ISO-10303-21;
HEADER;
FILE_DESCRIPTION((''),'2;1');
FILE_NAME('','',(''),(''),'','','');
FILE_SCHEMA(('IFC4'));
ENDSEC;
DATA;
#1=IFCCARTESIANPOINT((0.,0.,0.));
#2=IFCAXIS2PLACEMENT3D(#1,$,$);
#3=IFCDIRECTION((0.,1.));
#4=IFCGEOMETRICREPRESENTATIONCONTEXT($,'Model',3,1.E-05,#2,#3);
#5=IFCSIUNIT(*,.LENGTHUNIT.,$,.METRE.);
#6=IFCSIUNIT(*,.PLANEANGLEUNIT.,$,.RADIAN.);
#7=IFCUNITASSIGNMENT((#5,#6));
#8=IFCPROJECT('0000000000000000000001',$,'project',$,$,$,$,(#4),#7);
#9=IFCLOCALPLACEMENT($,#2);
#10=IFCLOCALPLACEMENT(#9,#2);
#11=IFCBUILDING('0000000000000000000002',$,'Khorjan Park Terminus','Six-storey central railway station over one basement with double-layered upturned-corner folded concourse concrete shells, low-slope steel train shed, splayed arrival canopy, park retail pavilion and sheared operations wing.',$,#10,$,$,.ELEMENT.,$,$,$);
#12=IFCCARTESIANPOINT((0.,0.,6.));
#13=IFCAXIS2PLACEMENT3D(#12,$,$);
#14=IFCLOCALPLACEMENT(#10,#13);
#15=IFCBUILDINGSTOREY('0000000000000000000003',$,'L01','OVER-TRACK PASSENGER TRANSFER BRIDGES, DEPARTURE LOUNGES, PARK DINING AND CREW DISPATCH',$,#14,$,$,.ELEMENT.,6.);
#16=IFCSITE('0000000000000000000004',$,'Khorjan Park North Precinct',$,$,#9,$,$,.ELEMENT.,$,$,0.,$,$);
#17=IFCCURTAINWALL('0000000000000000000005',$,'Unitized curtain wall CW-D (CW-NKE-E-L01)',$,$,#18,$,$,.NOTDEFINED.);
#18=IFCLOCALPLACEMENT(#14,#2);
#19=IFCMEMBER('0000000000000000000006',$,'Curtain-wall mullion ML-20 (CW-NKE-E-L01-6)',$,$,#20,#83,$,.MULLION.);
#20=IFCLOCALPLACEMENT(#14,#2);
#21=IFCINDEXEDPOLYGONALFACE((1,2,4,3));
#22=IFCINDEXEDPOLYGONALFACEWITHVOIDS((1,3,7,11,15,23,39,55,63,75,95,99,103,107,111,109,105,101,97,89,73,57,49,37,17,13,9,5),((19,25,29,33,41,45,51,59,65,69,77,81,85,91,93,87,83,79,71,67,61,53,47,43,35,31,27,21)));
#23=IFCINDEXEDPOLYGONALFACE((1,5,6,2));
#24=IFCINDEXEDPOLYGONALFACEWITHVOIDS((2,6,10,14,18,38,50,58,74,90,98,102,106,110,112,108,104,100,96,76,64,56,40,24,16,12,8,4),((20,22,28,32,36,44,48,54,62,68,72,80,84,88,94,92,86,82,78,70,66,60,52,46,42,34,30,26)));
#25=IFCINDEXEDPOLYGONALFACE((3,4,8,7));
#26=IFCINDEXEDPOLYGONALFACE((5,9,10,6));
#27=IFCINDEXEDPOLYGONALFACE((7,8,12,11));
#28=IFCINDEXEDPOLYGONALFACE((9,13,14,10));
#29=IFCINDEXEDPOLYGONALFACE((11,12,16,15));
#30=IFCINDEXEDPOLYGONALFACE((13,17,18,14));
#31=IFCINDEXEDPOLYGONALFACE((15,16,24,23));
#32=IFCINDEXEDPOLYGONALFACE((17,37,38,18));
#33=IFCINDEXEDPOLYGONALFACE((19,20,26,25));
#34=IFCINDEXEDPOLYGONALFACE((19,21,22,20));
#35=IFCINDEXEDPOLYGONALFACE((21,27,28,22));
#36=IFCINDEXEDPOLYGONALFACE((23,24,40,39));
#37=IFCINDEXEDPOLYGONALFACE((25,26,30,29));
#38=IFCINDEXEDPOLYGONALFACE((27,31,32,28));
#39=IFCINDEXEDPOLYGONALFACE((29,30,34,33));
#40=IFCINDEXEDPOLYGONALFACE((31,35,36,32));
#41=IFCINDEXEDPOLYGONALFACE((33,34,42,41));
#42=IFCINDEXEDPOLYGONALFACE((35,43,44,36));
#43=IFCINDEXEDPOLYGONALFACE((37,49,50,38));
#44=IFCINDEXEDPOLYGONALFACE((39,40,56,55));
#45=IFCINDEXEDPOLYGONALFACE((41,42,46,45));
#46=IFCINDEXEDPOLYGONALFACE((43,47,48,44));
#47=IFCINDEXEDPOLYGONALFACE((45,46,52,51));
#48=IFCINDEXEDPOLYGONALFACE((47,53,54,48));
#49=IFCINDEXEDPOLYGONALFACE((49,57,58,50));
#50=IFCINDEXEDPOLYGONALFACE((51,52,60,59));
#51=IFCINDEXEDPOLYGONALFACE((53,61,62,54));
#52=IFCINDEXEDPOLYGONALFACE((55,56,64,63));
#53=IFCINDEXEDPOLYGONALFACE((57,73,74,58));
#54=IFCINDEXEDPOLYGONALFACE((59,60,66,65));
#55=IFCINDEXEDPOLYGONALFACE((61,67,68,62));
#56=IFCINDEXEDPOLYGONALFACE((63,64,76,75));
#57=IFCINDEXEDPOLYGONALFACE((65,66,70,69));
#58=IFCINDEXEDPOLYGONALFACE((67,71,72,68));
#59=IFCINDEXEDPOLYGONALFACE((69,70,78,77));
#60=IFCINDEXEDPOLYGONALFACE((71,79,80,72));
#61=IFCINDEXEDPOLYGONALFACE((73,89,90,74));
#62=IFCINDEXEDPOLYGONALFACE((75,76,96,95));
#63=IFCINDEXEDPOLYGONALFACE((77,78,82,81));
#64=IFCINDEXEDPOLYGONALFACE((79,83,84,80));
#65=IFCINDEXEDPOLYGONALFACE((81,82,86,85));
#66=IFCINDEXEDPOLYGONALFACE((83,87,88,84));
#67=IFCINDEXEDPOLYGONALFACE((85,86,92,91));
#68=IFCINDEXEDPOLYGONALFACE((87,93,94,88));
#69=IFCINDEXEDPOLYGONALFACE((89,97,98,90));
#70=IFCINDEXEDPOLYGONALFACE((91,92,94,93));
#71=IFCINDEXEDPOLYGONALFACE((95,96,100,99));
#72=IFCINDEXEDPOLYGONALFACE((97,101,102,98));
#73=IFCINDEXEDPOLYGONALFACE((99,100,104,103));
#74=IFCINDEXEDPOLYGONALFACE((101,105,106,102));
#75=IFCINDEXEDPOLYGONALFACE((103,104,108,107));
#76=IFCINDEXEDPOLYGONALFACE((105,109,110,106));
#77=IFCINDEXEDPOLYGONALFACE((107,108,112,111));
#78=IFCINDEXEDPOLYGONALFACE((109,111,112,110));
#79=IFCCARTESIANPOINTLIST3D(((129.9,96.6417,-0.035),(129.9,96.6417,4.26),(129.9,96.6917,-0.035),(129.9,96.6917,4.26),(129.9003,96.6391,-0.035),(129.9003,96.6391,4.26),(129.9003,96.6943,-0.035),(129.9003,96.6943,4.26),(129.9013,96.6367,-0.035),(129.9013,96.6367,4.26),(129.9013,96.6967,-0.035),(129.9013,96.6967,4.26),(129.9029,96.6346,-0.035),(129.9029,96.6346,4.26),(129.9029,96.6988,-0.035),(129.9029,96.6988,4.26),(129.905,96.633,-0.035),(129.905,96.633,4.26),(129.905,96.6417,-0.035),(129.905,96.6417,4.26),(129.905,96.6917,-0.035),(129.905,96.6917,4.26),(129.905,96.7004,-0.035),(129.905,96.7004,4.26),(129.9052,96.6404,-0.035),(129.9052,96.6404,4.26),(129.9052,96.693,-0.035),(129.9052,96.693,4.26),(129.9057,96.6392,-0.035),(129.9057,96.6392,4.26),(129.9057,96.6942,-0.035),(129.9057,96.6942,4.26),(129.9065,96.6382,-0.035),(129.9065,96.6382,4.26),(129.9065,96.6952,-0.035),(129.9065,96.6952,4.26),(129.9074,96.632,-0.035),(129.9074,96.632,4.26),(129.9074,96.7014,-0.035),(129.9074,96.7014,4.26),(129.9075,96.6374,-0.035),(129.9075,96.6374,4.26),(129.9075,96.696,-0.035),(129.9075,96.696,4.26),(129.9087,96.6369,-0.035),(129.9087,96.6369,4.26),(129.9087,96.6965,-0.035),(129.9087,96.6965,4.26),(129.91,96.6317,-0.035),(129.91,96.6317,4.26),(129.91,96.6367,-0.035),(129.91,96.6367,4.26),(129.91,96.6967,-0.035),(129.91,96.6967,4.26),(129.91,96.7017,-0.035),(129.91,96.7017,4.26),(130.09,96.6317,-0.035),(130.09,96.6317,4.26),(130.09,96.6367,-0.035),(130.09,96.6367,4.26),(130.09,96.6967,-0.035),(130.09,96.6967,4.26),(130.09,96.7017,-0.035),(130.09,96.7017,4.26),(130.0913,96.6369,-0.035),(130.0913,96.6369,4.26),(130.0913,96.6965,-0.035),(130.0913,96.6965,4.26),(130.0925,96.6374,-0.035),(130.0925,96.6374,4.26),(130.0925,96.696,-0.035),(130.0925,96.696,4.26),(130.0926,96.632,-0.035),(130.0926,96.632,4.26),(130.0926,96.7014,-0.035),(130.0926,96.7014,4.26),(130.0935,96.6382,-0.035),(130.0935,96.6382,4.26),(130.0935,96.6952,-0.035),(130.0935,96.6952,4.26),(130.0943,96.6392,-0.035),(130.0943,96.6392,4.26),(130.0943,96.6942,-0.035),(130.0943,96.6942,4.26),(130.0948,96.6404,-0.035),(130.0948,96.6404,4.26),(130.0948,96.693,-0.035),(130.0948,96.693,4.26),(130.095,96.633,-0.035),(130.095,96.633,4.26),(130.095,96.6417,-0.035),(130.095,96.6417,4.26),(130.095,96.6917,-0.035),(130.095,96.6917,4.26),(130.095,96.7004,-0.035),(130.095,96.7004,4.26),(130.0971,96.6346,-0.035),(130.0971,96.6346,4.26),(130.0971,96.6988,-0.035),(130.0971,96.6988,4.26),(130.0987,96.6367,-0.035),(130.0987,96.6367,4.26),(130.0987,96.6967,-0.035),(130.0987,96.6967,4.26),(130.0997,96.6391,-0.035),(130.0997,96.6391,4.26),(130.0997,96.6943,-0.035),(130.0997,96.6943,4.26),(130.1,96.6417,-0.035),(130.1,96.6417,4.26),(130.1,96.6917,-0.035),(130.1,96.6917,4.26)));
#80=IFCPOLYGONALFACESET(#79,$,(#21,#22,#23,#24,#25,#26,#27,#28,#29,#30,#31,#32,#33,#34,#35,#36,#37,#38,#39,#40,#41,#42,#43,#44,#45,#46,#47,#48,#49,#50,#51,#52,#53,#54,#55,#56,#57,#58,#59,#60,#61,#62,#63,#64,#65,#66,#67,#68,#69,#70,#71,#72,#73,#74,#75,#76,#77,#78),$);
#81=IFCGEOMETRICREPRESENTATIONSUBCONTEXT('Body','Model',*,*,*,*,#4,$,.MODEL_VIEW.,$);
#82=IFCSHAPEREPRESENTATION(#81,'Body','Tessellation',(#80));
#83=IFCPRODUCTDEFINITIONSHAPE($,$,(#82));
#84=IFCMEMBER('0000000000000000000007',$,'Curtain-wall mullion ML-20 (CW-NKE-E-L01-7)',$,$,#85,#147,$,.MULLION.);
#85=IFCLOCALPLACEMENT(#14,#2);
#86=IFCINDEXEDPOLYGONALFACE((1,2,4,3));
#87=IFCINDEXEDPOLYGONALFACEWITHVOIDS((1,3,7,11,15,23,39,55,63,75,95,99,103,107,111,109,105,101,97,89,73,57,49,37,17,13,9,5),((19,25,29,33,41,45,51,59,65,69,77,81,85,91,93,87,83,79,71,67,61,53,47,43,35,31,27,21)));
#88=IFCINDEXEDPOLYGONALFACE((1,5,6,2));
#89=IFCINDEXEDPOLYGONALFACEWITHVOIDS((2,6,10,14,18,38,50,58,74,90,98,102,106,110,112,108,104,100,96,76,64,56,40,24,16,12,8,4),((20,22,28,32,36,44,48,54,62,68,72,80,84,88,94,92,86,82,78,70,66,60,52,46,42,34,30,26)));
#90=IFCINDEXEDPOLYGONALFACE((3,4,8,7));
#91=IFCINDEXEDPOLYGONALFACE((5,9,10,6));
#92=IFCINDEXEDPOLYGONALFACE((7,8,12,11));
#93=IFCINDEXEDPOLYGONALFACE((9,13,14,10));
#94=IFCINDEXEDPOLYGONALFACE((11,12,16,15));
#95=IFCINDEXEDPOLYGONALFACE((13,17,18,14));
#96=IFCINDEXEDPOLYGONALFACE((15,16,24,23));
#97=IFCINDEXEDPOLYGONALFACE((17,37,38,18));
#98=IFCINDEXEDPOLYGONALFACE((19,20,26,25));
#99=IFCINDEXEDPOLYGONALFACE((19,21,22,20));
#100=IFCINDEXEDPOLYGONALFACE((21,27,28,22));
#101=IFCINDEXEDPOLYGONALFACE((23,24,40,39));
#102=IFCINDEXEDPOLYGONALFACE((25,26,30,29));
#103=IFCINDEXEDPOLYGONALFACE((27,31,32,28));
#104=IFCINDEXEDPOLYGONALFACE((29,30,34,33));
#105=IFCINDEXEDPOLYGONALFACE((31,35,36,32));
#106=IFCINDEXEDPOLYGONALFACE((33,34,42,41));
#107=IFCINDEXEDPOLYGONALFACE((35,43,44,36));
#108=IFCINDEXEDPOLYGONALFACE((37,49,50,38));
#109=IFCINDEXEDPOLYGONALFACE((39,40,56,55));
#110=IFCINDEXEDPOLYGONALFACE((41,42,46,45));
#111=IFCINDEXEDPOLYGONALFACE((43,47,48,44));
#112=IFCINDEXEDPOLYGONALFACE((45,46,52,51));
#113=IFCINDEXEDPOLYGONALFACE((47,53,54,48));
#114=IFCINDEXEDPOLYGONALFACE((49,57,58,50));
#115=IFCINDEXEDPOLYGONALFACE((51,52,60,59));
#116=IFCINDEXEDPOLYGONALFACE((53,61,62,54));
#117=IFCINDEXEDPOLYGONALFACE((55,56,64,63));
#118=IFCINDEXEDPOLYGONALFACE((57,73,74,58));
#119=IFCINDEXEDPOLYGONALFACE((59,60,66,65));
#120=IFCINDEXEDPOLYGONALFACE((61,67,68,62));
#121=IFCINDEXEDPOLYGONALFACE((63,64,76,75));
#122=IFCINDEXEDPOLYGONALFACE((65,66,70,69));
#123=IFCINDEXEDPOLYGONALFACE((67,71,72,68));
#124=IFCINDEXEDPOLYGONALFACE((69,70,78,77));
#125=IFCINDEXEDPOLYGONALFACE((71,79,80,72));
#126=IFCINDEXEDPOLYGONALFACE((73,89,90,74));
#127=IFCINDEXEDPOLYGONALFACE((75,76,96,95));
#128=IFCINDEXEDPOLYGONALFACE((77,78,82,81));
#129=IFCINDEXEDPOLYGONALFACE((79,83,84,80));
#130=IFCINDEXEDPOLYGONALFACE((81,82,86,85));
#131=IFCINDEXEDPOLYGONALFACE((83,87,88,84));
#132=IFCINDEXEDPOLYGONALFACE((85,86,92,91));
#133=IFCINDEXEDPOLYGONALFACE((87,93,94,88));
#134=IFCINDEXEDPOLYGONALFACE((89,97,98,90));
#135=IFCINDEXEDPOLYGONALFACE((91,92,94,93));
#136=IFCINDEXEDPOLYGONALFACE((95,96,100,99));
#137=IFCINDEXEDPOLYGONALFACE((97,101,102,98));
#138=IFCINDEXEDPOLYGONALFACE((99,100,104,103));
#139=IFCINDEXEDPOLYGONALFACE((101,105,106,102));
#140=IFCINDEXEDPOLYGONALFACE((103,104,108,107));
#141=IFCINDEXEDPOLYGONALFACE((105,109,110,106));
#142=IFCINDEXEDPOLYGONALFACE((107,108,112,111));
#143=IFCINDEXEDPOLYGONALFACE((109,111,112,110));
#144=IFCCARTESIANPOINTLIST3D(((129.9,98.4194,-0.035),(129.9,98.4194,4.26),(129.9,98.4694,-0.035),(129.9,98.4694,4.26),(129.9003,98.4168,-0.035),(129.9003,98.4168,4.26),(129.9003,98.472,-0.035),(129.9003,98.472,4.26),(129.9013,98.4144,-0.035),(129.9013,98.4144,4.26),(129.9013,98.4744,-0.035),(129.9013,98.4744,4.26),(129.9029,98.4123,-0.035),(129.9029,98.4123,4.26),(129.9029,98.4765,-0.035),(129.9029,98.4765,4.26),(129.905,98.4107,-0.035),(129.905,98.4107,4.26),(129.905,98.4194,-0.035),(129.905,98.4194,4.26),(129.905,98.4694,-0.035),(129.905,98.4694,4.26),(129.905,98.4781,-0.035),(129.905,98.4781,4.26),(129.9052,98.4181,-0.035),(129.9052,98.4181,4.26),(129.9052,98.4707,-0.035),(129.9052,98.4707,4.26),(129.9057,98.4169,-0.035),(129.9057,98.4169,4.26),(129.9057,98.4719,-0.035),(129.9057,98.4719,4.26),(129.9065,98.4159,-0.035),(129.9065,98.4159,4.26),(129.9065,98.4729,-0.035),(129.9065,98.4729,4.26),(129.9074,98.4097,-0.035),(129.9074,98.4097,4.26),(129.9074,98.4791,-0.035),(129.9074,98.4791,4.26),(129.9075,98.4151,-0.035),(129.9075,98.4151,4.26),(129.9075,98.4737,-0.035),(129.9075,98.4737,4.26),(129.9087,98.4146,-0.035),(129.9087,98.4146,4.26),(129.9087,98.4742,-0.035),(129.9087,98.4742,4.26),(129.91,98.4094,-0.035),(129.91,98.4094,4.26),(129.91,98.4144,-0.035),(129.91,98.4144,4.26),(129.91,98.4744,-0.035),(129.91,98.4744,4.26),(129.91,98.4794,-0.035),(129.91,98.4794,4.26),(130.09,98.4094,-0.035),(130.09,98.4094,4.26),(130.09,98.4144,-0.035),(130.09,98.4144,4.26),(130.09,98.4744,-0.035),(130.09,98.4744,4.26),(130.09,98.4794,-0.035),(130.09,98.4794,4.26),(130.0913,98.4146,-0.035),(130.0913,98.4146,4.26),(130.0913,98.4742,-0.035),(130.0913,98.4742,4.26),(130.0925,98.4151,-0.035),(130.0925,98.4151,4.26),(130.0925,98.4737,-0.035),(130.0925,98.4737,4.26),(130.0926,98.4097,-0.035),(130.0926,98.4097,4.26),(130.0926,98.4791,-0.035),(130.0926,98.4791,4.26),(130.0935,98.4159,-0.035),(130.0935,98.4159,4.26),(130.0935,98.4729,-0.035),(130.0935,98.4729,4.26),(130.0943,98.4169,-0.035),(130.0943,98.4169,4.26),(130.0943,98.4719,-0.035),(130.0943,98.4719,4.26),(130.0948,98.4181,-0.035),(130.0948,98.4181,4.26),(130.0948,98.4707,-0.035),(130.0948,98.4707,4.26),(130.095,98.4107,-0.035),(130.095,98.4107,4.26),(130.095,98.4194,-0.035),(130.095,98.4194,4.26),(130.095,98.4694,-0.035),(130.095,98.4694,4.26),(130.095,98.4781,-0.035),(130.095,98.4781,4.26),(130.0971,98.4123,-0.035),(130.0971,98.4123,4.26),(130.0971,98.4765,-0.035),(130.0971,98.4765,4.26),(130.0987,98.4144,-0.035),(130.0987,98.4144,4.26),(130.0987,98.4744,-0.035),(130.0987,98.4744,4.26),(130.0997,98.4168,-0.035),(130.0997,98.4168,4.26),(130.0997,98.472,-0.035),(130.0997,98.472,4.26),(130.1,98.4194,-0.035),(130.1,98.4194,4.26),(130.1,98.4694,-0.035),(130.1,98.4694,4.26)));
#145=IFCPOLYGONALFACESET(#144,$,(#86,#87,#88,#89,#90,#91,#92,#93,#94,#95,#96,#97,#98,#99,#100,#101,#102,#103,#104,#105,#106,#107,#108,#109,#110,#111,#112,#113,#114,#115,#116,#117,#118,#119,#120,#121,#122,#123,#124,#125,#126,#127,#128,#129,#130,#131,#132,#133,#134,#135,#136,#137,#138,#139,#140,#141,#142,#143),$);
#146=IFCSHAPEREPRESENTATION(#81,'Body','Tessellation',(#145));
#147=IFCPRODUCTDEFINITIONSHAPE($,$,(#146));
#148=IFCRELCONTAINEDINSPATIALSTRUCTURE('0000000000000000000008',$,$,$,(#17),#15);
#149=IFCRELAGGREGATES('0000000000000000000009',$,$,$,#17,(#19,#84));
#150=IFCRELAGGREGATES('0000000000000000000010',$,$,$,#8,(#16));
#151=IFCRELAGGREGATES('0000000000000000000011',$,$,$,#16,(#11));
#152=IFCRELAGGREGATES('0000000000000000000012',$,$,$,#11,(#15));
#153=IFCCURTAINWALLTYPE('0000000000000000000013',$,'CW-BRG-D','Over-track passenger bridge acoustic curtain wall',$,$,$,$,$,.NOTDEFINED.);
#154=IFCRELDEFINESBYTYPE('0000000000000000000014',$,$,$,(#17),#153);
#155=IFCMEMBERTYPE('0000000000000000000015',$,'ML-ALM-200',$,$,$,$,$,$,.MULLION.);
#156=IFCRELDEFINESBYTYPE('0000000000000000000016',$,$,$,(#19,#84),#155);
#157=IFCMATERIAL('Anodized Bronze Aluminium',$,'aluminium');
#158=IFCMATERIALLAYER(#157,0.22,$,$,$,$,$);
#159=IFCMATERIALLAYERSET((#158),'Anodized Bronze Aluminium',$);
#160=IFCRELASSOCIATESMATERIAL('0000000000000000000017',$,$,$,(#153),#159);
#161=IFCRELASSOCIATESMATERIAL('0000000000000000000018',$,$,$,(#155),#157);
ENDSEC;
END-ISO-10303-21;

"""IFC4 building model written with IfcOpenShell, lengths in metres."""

from ifc_helpers import new_model, si_unit, direction, frame, origin, origin_2d, place, context, subcontext, project, spatial, hollow_rectangle, extrude, material, layer, layer_set, material_profile, profile_set, type_object, element, aggregate, save


model = new_model("IFC4")

# Units and contexts
model_context = context("Model", 3, precision=1e-05, world=origin(), true_north=direction((0.0, 1.0)))
body_context = subcontext(model_context, "Body", "Model", "MODEL_VIEW")
ifc_project = project(units=[si_unit("LENGTHUNIT", "METRE"), si_unit("PLANEANGLEUNIT", "RADIAN")], contexts=[model_context])

# Site, building, storey
site_placement = place(None, origin())
site = spatial("IfcSite", under=ifc_project, at=site_placement, Name="Khorjan Park North Precinct", CompositionType="ELEMENT", RefElevation=0.0)
building_placement = place(site_placement, origin())
building = spatial("IfcBuilding", under=site, at=building_placement, Name="Khorjan Park Terminus", Description="Six-storey central railway station over one basement with double-layered upturned-corner folded concourse concrete shells, low-slope steel train shed, splayed arrival canopy, park retail pavilion and sheared operations wing.", CompositionType="ELEMENT")
storey_placement = place(building_placement, frame((0.0, 0.0, 6.0)))
storey = spatial("IfcBuildingStorey", under=building, at=storey_placement, Name="L01", Description="OVER-TRACK PASSENGER TRANSFER BRIDGES, DEPARTURE LOUNGES, PARK DINING AND CREW DISPATCH", CompositionType="ELEMENT", Elevation=6.0)

# Curtain wall, members
ifc_material_1 = material(Name="Anodized Bronze Aluminium", Category="aluminium")
ifc_layer_1 = layer(ifc_material_1, 0.22)
ifc_layer_set_1 = layer_set([ifc_layer_1], Name="Anodized Bronze Aluminium")
curtain_wall_type = type_object("IfcCurtainWallType", Name="CW-BRG-D", Description="Over-track passenger bridge acoustic curtain wall", PredefinedType="NOTDEFINED", material=ifc_layer_set_1)
curtain_wall_placement = place(storey_placement, origin())
curtain_wall = element("IfcCurtainWall", 1, at=curtain_wall_placement, inside=storey, type_object=curtain_wall_type, Name="Unitized curtain wall CW-D (CW-NKE-E-L01)", PredefinedType="NOTDEFINED")
ifc_material_profile_1 = material_profile(ifc_material_1, hollow_rectangle(XDim=0.07, YDim=0.2, WallThickness=0.005, InnerFilletRadius=0.005, OuterFilletRadius=0.01, at=origin_2d()), Name="ALM 70x200x5")
ifc_profile_set_1 = profile_set([ifc_material_profile_1], Name="Anodized Bronze Aluminium")
member_type_1 = type_object("IfcMemberType", Name="ML-ALM-200", PredefinedType="MULLION", material=ifc_profile_set_1)
member_1_placement = place(storey_placement, frame((130.0, 96.6667, -0.035), z_axis=(0.0, 0.0, 1.0), x_axis=(0.0, 1.0, 0.0)))
member_1 = element("IfcMember", 2, at=member_1_placement, type_object=member_type_1, Name="Curtain-wall mullion ML-20 (CW-NKE-E-L01-6)", PredefinedType="MULLION", context=body_context, shape_type="SweptSolid", body=[
    extrude(hollow_rectangle(XDim=0.07, YDim=0.2, WallThickness=0.005, InnerFilletRadius=0.005, OuterFilletRadius=0.01, at=origin_2d()), origin(), (0.0, 0.0, 1.0), 4.295),
])
member_2_placement = place(storey_placement, frame((130.0, 98.4444, -0.035), z_axis=(0.0, 0.0, 1.0), x_axis=(0.0, 1.0, 0.0)))
member_2 = element("IfcMember", 3, at=member_2_placement, type_object=member_type_1, Name="Curtain-wall mullion ML-20 (CW-NKE-E-L01-7)", PredefinedType="MULLION", context=body_context, shape_type="SweptSolid", body=[
    extrude(hollow_rectangle(XDim=0.07, YDim=0.2, WallThickness=0.005, InnerFilletRadius=0.005, OuterFilletRadius=0.01, at=origin_2d()), origin(), (0.0, 0.0, 1.0), 4.295),
])
aggregate(curtain_wall, [member_1, member_2])

save(model, "model.ifc")
